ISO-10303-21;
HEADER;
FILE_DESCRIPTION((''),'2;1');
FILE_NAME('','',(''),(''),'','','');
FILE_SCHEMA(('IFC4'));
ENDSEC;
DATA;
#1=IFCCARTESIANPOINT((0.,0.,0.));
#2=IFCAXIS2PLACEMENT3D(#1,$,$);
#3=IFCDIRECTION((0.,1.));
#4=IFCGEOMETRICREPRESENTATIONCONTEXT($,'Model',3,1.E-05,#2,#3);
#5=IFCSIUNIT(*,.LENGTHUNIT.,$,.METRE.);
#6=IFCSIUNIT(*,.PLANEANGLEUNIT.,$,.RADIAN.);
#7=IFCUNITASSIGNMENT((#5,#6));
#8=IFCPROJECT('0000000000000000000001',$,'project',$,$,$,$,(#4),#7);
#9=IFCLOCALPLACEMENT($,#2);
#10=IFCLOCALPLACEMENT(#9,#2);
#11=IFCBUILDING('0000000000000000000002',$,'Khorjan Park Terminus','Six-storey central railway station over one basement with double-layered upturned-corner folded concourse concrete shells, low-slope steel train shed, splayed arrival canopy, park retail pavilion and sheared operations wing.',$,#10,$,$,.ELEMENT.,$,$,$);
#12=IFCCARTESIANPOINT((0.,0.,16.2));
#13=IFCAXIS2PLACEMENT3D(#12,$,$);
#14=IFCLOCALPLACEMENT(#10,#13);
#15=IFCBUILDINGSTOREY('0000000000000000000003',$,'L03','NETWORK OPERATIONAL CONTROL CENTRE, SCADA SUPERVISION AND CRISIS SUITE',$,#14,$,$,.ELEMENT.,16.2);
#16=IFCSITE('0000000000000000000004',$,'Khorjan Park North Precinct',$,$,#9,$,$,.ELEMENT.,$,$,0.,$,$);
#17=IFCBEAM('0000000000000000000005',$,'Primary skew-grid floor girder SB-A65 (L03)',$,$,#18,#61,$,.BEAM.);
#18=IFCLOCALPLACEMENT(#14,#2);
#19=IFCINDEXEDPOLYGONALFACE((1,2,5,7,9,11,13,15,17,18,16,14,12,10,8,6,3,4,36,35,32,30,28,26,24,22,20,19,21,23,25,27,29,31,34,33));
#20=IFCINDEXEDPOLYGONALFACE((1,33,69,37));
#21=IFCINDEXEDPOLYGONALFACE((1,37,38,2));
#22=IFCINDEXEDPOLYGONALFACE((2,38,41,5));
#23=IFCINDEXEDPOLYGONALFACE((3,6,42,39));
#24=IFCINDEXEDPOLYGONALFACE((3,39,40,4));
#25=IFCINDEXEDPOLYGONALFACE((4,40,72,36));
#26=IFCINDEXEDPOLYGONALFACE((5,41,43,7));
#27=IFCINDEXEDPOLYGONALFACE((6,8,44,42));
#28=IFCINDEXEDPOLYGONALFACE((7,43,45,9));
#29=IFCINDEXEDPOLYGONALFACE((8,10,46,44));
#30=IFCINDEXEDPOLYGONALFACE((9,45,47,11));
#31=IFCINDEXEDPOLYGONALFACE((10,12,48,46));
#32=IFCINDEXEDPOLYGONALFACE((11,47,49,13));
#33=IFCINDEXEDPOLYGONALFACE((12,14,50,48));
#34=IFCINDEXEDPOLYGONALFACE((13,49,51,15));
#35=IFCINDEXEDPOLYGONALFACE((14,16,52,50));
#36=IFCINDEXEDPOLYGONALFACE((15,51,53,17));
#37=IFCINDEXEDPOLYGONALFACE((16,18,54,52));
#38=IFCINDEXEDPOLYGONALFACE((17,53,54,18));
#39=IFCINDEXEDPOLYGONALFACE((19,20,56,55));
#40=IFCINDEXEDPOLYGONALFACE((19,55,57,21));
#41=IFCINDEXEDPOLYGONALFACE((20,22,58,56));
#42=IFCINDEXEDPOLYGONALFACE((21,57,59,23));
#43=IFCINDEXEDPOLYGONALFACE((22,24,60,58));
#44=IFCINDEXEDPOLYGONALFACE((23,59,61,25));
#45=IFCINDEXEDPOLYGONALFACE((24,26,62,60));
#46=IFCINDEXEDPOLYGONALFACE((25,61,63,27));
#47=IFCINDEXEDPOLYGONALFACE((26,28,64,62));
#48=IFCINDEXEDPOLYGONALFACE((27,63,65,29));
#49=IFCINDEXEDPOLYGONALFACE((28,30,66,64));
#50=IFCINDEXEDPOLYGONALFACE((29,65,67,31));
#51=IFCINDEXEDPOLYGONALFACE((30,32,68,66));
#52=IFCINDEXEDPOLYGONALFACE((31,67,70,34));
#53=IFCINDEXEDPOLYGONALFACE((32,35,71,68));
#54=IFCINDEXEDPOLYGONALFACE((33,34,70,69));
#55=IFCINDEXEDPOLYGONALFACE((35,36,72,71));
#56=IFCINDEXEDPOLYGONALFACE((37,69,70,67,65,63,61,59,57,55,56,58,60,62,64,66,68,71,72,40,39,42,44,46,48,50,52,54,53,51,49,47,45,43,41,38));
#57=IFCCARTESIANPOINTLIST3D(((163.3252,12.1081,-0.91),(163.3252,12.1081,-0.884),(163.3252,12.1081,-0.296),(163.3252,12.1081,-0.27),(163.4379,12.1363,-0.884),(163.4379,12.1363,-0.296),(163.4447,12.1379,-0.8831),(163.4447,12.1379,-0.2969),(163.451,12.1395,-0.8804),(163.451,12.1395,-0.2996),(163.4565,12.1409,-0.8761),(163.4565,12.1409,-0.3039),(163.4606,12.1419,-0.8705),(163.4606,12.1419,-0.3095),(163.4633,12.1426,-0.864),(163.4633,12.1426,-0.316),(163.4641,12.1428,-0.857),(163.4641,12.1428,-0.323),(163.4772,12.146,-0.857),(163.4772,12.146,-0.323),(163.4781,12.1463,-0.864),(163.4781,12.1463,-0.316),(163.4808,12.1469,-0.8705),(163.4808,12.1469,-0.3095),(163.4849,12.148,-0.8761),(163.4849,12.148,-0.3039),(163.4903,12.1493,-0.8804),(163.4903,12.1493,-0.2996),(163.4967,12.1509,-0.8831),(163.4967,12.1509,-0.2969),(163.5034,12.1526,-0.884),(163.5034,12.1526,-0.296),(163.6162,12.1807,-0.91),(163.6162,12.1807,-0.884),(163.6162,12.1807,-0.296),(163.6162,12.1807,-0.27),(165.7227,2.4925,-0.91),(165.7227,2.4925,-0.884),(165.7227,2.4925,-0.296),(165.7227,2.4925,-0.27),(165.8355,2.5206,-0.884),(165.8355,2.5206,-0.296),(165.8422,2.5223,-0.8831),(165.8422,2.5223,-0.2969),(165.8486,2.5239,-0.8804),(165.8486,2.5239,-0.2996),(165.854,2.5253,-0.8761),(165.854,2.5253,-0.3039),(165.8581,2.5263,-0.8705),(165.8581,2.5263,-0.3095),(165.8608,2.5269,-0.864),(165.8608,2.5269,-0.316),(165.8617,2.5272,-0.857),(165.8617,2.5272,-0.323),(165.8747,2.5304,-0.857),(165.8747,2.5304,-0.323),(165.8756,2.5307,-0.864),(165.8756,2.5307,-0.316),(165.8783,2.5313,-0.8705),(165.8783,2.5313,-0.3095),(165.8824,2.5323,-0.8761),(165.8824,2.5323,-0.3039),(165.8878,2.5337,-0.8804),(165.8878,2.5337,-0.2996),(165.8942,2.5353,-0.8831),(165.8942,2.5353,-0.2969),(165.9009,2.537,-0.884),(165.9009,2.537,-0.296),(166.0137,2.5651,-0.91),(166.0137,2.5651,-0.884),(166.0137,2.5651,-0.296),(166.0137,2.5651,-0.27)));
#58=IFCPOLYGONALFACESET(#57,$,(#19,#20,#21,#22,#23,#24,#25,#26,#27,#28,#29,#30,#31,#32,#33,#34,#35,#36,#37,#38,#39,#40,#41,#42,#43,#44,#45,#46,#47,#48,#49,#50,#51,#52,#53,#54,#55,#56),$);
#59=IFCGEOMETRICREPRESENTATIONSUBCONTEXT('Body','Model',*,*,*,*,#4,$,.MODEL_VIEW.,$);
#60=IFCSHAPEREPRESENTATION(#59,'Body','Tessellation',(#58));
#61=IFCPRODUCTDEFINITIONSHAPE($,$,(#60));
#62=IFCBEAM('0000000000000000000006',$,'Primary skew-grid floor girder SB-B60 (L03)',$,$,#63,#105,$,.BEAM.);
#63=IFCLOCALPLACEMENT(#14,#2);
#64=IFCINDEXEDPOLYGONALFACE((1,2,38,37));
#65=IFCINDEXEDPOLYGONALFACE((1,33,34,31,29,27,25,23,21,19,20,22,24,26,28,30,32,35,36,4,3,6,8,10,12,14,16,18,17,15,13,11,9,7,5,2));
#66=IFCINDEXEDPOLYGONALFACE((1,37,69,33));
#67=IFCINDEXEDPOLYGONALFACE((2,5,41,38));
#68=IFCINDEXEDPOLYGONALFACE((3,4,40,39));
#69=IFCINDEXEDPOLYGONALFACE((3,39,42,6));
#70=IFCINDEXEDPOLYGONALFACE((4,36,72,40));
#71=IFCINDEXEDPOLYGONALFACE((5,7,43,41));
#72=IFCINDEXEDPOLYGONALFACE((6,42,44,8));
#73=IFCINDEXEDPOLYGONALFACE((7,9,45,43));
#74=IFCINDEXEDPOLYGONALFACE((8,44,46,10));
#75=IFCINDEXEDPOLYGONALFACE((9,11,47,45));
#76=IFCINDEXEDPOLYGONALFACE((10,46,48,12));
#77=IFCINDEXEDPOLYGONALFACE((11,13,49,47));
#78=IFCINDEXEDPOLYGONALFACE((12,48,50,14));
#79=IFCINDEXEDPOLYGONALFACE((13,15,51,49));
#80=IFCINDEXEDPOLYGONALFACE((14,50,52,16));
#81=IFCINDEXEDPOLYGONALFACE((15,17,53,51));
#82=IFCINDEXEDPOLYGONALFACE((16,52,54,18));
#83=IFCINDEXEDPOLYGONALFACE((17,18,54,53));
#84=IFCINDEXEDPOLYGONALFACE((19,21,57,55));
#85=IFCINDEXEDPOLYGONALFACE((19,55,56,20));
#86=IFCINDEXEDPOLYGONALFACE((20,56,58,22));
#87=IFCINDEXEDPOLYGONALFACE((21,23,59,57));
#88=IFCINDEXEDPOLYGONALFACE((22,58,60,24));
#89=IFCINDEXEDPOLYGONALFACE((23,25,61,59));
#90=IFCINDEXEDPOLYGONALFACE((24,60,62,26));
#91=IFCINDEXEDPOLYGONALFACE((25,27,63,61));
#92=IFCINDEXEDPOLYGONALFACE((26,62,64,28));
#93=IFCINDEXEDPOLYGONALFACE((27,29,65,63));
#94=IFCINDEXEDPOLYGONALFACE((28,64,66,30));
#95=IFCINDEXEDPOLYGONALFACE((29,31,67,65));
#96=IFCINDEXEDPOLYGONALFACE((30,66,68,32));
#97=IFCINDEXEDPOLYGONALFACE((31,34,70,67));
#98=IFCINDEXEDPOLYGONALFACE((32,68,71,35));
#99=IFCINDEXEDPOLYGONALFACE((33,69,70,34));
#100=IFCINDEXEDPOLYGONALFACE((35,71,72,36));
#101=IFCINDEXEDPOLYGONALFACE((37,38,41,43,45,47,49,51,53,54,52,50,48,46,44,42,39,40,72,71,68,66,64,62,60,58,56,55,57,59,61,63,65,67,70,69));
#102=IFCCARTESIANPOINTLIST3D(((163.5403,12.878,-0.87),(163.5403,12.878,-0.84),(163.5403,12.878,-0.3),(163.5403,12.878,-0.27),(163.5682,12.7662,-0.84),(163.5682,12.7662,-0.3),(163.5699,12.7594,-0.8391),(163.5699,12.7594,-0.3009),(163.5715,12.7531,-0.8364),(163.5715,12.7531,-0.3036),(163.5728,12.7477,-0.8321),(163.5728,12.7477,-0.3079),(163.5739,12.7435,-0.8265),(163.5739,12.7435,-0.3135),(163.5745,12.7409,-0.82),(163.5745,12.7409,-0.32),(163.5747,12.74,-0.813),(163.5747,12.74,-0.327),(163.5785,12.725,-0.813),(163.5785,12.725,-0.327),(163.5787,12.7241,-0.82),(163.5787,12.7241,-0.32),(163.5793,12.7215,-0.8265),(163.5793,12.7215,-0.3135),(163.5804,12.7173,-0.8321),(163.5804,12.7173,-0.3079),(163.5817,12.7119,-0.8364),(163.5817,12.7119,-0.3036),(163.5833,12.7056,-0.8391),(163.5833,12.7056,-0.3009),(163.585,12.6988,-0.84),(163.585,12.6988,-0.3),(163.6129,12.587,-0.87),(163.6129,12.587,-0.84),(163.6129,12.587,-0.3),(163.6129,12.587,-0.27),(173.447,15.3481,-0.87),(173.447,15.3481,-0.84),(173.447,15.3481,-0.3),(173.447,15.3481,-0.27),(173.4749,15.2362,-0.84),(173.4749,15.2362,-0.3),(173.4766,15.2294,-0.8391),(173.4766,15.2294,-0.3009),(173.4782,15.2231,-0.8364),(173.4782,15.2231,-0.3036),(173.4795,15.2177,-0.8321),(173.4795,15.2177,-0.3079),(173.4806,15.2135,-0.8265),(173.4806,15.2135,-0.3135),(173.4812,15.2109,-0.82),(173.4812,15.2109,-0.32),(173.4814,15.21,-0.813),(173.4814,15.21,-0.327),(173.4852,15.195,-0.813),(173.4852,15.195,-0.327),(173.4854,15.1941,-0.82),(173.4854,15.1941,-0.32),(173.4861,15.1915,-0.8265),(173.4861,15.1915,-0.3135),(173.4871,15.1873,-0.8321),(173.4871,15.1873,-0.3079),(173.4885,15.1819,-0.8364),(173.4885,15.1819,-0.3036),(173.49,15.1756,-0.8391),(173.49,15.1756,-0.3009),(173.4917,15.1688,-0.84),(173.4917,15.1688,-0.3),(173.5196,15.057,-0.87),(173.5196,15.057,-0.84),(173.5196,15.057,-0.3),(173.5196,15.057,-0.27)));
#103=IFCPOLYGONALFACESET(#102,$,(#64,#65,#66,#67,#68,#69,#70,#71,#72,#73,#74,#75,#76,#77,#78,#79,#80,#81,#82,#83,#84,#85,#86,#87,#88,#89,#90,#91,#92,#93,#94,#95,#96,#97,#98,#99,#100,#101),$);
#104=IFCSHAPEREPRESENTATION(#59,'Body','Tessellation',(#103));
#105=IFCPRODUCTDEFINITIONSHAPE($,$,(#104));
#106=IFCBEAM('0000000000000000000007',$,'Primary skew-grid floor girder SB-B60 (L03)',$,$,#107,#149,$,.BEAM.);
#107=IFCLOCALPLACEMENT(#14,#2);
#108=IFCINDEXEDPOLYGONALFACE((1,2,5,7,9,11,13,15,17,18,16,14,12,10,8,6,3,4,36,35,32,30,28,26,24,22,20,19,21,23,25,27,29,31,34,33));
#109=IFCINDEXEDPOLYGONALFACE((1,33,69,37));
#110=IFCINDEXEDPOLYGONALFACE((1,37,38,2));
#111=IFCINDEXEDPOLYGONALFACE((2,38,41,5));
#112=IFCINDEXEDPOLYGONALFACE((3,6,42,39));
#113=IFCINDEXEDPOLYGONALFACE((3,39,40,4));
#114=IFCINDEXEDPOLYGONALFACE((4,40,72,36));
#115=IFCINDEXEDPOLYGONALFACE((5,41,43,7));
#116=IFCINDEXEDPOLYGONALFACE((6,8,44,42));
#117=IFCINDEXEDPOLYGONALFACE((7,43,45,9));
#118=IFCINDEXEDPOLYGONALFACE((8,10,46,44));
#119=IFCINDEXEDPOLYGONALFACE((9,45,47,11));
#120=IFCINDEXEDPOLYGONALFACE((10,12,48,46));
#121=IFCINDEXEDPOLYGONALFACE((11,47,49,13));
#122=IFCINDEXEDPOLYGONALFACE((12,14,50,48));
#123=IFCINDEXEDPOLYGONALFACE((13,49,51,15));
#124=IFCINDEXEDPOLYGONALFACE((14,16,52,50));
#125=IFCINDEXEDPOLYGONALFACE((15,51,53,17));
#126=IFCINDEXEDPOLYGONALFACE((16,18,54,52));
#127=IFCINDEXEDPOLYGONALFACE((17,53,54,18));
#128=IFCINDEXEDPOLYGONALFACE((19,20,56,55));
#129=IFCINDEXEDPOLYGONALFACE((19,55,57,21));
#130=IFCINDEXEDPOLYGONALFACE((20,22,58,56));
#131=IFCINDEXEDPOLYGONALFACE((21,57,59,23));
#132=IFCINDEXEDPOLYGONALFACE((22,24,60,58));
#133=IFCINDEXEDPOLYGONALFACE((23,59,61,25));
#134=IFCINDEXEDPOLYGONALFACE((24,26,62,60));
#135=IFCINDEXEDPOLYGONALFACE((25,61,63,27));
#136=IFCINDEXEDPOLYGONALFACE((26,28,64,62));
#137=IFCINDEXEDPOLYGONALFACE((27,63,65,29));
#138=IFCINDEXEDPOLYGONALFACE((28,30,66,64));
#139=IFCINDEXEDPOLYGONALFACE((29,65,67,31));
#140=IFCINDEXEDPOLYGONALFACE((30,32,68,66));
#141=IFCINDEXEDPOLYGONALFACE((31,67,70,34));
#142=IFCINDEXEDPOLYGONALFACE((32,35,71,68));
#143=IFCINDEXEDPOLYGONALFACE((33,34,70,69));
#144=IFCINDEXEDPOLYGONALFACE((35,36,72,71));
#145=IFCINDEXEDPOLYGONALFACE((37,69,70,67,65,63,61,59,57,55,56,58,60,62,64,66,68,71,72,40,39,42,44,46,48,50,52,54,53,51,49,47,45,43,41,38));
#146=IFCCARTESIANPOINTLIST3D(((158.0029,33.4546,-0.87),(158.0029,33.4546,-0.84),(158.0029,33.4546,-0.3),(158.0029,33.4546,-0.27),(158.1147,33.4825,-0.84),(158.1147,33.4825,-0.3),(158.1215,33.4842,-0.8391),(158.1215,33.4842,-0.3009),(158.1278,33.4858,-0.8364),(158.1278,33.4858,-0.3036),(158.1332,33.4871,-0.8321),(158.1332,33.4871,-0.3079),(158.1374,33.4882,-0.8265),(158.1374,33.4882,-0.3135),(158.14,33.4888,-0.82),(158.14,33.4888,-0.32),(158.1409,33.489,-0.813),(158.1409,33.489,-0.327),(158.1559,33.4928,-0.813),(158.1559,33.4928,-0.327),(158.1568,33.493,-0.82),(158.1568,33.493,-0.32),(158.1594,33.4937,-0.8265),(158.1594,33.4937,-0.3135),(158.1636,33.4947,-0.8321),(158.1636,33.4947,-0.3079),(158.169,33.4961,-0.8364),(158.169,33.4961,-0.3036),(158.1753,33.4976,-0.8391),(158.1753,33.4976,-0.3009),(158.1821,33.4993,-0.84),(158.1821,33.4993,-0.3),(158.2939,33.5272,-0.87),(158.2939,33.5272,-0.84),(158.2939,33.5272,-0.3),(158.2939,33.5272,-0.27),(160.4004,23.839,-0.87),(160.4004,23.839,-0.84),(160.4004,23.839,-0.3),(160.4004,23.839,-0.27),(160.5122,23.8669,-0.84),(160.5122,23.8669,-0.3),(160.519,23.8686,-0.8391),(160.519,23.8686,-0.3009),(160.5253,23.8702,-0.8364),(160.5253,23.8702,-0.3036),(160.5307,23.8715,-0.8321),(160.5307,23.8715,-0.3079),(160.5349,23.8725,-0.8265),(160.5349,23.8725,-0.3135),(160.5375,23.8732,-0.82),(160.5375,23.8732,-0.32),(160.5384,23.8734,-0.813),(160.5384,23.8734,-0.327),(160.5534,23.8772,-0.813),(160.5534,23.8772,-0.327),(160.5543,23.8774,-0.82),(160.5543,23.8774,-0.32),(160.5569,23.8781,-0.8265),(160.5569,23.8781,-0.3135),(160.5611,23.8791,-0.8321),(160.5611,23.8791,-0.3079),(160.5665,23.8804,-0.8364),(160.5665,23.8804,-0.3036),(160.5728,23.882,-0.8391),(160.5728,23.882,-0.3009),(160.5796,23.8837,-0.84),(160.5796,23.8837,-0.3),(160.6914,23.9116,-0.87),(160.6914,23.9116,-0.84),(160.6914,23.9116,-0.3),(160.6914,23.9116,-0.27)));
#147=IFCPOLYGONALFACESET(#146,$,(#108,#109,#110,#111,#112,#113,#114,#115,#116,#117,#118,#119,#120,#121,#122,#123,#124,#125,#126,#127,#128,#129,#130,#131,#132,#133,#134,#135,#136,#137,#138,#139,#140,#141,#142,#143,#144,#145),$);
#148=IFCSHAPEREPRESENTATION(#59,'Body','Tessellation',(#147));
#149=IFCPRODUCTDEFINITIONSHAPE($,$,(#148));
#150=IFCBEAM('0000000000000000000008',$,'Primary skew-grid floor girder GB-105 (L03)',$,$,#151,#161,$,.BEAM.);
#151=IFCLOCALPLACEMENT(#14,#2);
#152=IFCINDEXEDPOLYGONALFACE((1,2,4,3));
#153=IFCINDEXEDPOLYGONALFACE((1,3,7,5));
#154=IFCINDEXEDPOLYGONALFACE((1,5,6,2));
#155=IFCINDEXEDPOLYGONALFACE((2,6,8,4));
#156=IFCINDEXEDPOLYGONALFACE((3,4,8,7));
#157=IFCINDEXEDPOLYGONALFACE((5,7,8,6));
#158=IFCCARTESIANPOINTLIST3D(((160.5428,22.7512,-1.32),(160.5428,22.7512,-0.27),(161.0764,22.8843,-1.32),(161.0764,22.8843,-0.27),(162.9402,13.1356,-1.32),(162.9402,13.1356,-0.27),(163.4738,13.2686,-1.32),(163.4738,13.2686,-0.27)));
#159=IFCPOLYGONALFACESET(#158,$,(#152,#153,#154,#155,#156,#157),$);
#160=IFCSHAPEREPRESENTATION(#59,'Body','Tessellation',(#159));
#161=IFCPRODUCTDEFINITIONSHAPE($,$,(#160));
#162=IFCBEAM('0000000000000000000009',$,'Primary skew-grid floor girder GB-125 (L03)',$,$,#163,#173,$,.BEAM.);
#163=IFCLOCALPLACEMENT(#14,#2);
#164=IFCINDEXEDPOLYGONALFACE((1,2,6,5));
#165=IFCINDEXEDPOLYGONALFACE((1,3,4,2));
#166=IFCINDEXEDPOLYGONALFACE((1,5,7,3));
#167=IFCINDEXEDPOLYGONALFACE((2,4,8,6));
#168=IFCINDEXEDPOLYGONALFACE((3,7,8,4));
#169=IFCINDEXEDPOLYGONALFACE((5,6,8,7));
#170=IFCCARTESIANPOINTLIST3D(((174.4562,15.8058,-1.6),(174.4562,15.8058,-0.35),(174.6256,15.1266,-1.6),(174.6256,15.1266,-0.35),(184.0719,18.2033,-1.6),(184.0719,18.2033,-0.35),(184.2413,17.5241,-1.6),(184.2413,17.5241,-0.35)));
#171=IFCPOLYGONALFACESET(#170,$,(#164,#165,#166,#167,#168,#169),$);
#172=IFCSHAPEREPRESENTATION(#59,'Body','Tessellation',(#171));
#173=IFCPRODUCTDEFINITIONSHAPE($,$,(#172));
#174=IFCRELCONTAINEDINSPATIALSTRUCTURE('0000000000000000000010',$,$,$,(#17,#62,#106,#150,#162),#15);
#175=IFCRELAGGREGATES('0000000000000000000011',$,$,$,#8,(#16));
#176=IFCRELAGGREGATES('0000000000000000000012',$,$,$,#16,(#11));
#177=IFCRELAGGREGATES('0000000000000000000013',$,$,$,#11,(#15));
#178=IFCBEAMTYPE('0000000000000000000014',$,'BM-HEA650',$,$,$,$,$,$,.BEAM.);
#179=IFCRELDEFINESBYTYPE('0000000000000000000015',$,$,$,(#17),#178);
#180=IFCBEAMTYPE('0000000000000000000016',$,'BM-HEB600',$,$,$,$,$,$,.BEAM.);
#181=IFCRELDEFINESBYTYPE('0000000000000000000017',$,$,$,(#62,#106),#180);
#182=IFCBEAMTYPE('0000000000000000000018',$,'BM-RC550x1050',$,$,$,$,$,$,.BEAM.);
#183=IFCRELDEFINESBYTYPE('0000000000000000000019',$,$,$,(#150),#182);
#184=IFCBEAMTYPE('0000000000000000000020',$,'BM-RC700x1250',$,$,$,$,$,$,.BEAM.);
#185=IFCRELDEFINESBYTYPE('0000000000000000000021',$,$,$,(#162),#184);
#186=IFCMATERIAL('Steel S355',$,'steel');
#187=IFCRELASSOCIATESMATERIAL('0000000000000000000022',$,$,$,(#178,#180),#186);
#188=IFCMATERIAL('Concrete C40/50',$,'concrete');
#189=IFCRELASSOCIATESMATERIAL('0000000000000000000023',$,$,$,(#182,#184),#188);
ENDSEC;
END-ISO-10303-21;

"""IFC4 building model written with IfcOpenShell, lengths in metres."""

from ifc_helpers import new_model, si_unit, direction, frame, origin, origin_2d, place, context, subcontext, project, spatial, rectangle, i_section, extrude, material, material_profile, profile_set, type_object, element, save


model = new_model("IFC4")

# Units and contexts
model_context = context("Model", 3, precision=1e-05, world=origin(), true_north=direction((0.0, 1.0)))
body_context = subcontext(model_context, "Body", "Model", "MODEL_VIEW")
ifc_project = project(units=[si_unit("LENGTHUNIT", "METRE"), si_unit("PLANEANGLEUNIT", "RADIAN")], contexts=[model_context])

# Site, building, storey
site_placement = place(None, origin())
site = spatial("IfcSite", under=ifc_project, at=site_placement, Name="Khorjan Park North Precinct", CompositionType="ELEMENT", RefElevation=0.0)
building_placement = place(site_placement, origin())
building = spatial("IfcBuilding", under=site, at=building_placement, Name="Khorjan Park Terminus", Description="Six-storey central railway station over one basement with double-layered upturned-corner folded concourse concrete shells, low-slope steel train shed, splayed arrival canopy, park retail pavilion and sheared operations wing.", CompositionType="ELEMENT")
storey_placement = place(building_placement, frame((0.0, 0.0, 16.2)))
storey = spatial("IfcBuildingStorey", under=building, at=storey_placement, Name="L03", Description="NETWORK OPERATIONAL CONTROL CENTRE, SCADA SUPERVISION AND CRISIS SUITE", CompositionType="ELEMENT", Elevation=16.2)

# Beams
ifc_material_1 = material(Name="Steel S355", Category="steel")
ifc_material_profile_1 = material_profile(ifc_material_1, i_section(OverallWidth=0.3, OverallDepth=0.64, WebThickness=0.0135, FlangeThickness=0.026, FilletRadius=0.027, at=origin_2d()), Name="HEA 650")
ifc_profile_set_1 = profile_set([ifc_material_profile_1], Name="Steel S355")
beam_type_1 = type_object("IfcBeamType", Name="BM-HEA650", PredefinedType="BEAM", material=ifc_profile_set_1)
beam_1_placement = place(storey_placement, frame((165.8682, 2.5288, -0.59), z_axis=(-0.241928, 0.970294, 0.0), x_axis=(-0.970294, -0.241928, 0.0)))
element("IfcBeam", 1, at=beam_1_placement, inside=storey, type_object=beam_type_1, Name="Primary skew-grid floor girder SB-A65 (L03)", PredefinedType="BEAM", context=body_context, shape_type="SweptSolid", body=[
    extrude(i_section(OverallWidth=0.3, OverallDepth=0.64, WebThickness=0.0135, FlangeThickness=0.026, FilletRadius=0.027, at=origin_2d()), origin(), (0.0, 0.0, 1.0), 9.91),
])
ifc_material_profile_2 = material_profile(ifc_material_1, i_section(OverallWidth=0.3, OverallDepth=0.6, WebThickness=0.0155, FlangeThickness=0.03, FilletRadius=0.027, at=origin_2d()), Name="HEB 600")
ifc_profile_set_2 = profile_set([ifc_material_profile_2], Name="Steel S355")
beam_type_2 = type_object("IfcBeamType", Name="BM-HEB600", PredefinedType="BEAM", material=ifc_profile_set_2)
beam_2_placement = place(storey_placement, frame((163.5766, 12.7325, -0.57), z_axis=(0.970296, 0.24192, 0.0), x_axis=(-0.24192, 0.970296, 0.0)))
element("IfcBeam", 2, at=beam_2_placement, inside=storey, type_object=beam_type_2, Name="Primary skew-grid floor girder SB-B60 (L03)", PredefinedType="BEAM", context=body_context, shape_type="SweptSolid", body=[
    extrude(i_section(OverallWidth=0.3, OverallDepth=0.6, WebThickness=0.0155, FlangeThickness=0.03, FilletRadius=0.027, at=origin_2d()), origin(), (0.0, 0.0, 1.0), 10.21),
])
beam_3_placement = place(storey_placement, frame((160.5459, 23.8753, -0.57), z_axis=(-0.241928, 0.970294, 0.0), x_axis=(-0.970294, -0.241928, 0.0)))
element("IfcBeam", 3, at=beam_3_placement, inside=storey, type_object=beam_type_2, Name="Primary skew-grid floor girder SB-B60 (L03)", PredefinedType="BEAM", context=body_context, shape_type="SweptSolid", body=[
    extrude(i_section(OverallWidth=0.3, OverallDepth=0.6, WebThickness=0.0155, FlangeThickness=0.03, FilletRadius=0.027, at=origin_2d()), origin(), (0.0, 0.0, 1.0), 9.91),
])
ifc_material_2 = material(Name="Concrete C40/50", Category="concrete")
ifc_material_profile_3 = material_profile(ifc_material_2, rectangle(XDim=0.55, YDim=1.05, at=origin_2d()), Name="RC 550x1050")
ifc_profile_set_3 = profile_set([ifc_material_profile_3], Name="Concrete C40/50")
beam_type_3 = type_object("IfcBeamType", Name="BM-RC550x1050", PredefinedType="BEAM", material=ifc_profile_set_3)
beam_4_placement = place(storey_placement, frame((163.207, 13.2021, -0.795), z_axis=(-0.241918, 0.970297, 0.0), x_axis=(-0.970297, -0.241918, 0.0)))
element("IfcBeam", 4, at=beam_4_placement, inside=storey, type_object=beam_type_3, Name="Primary skew-grid floor girder GB-105 (L03)", PredefinedType="BEAM", context=body_context, shape_type="SweptSolid", body=[
    extrude(rectangle(XDim=0.55, YDim=1.05, at=origin_2d()), origin(), (0.0, 0.0, 1.0), 9.91),
])
ifc_material_profile_4 = material_profile(ifc_material_2, rectangle(XDim=0.7, YDim=1.25, at=origin_2d()), Name="RC 700x1250")
ifc_profile_set_4 = profile_set([ifc_material_profile_4], Name="Concrete C40/50")
beam_type_4 = type_object("IfcBeamType", Name="BM-RC700x1250", PredefinedType="BEAM", material=ifc_profile_set_4)
beam_5_placement = place(storey_placement, frame((174.5409, 15.4662, -0.975), z_axis=(0.970295, 0.241925, 0.0), x_axis=(-0.241925, 0.970295, 0.0)))
element("IfcBeam", 5, at=beam_5_placement, inside=storey, type_object=beam_type_4, Name="Primary skew-grid floor girder GB-125 (L03)", PredefinedType="BEAM", context=body_context, shape_type="SweptSolid", body=[
    extrude(rectangle(XDim=0.7, YDim=1.25, at=origin_2d()), origin(), (0.0, 0.0, 1.0), 9.9101),
])

save(model, "model.ifc")
